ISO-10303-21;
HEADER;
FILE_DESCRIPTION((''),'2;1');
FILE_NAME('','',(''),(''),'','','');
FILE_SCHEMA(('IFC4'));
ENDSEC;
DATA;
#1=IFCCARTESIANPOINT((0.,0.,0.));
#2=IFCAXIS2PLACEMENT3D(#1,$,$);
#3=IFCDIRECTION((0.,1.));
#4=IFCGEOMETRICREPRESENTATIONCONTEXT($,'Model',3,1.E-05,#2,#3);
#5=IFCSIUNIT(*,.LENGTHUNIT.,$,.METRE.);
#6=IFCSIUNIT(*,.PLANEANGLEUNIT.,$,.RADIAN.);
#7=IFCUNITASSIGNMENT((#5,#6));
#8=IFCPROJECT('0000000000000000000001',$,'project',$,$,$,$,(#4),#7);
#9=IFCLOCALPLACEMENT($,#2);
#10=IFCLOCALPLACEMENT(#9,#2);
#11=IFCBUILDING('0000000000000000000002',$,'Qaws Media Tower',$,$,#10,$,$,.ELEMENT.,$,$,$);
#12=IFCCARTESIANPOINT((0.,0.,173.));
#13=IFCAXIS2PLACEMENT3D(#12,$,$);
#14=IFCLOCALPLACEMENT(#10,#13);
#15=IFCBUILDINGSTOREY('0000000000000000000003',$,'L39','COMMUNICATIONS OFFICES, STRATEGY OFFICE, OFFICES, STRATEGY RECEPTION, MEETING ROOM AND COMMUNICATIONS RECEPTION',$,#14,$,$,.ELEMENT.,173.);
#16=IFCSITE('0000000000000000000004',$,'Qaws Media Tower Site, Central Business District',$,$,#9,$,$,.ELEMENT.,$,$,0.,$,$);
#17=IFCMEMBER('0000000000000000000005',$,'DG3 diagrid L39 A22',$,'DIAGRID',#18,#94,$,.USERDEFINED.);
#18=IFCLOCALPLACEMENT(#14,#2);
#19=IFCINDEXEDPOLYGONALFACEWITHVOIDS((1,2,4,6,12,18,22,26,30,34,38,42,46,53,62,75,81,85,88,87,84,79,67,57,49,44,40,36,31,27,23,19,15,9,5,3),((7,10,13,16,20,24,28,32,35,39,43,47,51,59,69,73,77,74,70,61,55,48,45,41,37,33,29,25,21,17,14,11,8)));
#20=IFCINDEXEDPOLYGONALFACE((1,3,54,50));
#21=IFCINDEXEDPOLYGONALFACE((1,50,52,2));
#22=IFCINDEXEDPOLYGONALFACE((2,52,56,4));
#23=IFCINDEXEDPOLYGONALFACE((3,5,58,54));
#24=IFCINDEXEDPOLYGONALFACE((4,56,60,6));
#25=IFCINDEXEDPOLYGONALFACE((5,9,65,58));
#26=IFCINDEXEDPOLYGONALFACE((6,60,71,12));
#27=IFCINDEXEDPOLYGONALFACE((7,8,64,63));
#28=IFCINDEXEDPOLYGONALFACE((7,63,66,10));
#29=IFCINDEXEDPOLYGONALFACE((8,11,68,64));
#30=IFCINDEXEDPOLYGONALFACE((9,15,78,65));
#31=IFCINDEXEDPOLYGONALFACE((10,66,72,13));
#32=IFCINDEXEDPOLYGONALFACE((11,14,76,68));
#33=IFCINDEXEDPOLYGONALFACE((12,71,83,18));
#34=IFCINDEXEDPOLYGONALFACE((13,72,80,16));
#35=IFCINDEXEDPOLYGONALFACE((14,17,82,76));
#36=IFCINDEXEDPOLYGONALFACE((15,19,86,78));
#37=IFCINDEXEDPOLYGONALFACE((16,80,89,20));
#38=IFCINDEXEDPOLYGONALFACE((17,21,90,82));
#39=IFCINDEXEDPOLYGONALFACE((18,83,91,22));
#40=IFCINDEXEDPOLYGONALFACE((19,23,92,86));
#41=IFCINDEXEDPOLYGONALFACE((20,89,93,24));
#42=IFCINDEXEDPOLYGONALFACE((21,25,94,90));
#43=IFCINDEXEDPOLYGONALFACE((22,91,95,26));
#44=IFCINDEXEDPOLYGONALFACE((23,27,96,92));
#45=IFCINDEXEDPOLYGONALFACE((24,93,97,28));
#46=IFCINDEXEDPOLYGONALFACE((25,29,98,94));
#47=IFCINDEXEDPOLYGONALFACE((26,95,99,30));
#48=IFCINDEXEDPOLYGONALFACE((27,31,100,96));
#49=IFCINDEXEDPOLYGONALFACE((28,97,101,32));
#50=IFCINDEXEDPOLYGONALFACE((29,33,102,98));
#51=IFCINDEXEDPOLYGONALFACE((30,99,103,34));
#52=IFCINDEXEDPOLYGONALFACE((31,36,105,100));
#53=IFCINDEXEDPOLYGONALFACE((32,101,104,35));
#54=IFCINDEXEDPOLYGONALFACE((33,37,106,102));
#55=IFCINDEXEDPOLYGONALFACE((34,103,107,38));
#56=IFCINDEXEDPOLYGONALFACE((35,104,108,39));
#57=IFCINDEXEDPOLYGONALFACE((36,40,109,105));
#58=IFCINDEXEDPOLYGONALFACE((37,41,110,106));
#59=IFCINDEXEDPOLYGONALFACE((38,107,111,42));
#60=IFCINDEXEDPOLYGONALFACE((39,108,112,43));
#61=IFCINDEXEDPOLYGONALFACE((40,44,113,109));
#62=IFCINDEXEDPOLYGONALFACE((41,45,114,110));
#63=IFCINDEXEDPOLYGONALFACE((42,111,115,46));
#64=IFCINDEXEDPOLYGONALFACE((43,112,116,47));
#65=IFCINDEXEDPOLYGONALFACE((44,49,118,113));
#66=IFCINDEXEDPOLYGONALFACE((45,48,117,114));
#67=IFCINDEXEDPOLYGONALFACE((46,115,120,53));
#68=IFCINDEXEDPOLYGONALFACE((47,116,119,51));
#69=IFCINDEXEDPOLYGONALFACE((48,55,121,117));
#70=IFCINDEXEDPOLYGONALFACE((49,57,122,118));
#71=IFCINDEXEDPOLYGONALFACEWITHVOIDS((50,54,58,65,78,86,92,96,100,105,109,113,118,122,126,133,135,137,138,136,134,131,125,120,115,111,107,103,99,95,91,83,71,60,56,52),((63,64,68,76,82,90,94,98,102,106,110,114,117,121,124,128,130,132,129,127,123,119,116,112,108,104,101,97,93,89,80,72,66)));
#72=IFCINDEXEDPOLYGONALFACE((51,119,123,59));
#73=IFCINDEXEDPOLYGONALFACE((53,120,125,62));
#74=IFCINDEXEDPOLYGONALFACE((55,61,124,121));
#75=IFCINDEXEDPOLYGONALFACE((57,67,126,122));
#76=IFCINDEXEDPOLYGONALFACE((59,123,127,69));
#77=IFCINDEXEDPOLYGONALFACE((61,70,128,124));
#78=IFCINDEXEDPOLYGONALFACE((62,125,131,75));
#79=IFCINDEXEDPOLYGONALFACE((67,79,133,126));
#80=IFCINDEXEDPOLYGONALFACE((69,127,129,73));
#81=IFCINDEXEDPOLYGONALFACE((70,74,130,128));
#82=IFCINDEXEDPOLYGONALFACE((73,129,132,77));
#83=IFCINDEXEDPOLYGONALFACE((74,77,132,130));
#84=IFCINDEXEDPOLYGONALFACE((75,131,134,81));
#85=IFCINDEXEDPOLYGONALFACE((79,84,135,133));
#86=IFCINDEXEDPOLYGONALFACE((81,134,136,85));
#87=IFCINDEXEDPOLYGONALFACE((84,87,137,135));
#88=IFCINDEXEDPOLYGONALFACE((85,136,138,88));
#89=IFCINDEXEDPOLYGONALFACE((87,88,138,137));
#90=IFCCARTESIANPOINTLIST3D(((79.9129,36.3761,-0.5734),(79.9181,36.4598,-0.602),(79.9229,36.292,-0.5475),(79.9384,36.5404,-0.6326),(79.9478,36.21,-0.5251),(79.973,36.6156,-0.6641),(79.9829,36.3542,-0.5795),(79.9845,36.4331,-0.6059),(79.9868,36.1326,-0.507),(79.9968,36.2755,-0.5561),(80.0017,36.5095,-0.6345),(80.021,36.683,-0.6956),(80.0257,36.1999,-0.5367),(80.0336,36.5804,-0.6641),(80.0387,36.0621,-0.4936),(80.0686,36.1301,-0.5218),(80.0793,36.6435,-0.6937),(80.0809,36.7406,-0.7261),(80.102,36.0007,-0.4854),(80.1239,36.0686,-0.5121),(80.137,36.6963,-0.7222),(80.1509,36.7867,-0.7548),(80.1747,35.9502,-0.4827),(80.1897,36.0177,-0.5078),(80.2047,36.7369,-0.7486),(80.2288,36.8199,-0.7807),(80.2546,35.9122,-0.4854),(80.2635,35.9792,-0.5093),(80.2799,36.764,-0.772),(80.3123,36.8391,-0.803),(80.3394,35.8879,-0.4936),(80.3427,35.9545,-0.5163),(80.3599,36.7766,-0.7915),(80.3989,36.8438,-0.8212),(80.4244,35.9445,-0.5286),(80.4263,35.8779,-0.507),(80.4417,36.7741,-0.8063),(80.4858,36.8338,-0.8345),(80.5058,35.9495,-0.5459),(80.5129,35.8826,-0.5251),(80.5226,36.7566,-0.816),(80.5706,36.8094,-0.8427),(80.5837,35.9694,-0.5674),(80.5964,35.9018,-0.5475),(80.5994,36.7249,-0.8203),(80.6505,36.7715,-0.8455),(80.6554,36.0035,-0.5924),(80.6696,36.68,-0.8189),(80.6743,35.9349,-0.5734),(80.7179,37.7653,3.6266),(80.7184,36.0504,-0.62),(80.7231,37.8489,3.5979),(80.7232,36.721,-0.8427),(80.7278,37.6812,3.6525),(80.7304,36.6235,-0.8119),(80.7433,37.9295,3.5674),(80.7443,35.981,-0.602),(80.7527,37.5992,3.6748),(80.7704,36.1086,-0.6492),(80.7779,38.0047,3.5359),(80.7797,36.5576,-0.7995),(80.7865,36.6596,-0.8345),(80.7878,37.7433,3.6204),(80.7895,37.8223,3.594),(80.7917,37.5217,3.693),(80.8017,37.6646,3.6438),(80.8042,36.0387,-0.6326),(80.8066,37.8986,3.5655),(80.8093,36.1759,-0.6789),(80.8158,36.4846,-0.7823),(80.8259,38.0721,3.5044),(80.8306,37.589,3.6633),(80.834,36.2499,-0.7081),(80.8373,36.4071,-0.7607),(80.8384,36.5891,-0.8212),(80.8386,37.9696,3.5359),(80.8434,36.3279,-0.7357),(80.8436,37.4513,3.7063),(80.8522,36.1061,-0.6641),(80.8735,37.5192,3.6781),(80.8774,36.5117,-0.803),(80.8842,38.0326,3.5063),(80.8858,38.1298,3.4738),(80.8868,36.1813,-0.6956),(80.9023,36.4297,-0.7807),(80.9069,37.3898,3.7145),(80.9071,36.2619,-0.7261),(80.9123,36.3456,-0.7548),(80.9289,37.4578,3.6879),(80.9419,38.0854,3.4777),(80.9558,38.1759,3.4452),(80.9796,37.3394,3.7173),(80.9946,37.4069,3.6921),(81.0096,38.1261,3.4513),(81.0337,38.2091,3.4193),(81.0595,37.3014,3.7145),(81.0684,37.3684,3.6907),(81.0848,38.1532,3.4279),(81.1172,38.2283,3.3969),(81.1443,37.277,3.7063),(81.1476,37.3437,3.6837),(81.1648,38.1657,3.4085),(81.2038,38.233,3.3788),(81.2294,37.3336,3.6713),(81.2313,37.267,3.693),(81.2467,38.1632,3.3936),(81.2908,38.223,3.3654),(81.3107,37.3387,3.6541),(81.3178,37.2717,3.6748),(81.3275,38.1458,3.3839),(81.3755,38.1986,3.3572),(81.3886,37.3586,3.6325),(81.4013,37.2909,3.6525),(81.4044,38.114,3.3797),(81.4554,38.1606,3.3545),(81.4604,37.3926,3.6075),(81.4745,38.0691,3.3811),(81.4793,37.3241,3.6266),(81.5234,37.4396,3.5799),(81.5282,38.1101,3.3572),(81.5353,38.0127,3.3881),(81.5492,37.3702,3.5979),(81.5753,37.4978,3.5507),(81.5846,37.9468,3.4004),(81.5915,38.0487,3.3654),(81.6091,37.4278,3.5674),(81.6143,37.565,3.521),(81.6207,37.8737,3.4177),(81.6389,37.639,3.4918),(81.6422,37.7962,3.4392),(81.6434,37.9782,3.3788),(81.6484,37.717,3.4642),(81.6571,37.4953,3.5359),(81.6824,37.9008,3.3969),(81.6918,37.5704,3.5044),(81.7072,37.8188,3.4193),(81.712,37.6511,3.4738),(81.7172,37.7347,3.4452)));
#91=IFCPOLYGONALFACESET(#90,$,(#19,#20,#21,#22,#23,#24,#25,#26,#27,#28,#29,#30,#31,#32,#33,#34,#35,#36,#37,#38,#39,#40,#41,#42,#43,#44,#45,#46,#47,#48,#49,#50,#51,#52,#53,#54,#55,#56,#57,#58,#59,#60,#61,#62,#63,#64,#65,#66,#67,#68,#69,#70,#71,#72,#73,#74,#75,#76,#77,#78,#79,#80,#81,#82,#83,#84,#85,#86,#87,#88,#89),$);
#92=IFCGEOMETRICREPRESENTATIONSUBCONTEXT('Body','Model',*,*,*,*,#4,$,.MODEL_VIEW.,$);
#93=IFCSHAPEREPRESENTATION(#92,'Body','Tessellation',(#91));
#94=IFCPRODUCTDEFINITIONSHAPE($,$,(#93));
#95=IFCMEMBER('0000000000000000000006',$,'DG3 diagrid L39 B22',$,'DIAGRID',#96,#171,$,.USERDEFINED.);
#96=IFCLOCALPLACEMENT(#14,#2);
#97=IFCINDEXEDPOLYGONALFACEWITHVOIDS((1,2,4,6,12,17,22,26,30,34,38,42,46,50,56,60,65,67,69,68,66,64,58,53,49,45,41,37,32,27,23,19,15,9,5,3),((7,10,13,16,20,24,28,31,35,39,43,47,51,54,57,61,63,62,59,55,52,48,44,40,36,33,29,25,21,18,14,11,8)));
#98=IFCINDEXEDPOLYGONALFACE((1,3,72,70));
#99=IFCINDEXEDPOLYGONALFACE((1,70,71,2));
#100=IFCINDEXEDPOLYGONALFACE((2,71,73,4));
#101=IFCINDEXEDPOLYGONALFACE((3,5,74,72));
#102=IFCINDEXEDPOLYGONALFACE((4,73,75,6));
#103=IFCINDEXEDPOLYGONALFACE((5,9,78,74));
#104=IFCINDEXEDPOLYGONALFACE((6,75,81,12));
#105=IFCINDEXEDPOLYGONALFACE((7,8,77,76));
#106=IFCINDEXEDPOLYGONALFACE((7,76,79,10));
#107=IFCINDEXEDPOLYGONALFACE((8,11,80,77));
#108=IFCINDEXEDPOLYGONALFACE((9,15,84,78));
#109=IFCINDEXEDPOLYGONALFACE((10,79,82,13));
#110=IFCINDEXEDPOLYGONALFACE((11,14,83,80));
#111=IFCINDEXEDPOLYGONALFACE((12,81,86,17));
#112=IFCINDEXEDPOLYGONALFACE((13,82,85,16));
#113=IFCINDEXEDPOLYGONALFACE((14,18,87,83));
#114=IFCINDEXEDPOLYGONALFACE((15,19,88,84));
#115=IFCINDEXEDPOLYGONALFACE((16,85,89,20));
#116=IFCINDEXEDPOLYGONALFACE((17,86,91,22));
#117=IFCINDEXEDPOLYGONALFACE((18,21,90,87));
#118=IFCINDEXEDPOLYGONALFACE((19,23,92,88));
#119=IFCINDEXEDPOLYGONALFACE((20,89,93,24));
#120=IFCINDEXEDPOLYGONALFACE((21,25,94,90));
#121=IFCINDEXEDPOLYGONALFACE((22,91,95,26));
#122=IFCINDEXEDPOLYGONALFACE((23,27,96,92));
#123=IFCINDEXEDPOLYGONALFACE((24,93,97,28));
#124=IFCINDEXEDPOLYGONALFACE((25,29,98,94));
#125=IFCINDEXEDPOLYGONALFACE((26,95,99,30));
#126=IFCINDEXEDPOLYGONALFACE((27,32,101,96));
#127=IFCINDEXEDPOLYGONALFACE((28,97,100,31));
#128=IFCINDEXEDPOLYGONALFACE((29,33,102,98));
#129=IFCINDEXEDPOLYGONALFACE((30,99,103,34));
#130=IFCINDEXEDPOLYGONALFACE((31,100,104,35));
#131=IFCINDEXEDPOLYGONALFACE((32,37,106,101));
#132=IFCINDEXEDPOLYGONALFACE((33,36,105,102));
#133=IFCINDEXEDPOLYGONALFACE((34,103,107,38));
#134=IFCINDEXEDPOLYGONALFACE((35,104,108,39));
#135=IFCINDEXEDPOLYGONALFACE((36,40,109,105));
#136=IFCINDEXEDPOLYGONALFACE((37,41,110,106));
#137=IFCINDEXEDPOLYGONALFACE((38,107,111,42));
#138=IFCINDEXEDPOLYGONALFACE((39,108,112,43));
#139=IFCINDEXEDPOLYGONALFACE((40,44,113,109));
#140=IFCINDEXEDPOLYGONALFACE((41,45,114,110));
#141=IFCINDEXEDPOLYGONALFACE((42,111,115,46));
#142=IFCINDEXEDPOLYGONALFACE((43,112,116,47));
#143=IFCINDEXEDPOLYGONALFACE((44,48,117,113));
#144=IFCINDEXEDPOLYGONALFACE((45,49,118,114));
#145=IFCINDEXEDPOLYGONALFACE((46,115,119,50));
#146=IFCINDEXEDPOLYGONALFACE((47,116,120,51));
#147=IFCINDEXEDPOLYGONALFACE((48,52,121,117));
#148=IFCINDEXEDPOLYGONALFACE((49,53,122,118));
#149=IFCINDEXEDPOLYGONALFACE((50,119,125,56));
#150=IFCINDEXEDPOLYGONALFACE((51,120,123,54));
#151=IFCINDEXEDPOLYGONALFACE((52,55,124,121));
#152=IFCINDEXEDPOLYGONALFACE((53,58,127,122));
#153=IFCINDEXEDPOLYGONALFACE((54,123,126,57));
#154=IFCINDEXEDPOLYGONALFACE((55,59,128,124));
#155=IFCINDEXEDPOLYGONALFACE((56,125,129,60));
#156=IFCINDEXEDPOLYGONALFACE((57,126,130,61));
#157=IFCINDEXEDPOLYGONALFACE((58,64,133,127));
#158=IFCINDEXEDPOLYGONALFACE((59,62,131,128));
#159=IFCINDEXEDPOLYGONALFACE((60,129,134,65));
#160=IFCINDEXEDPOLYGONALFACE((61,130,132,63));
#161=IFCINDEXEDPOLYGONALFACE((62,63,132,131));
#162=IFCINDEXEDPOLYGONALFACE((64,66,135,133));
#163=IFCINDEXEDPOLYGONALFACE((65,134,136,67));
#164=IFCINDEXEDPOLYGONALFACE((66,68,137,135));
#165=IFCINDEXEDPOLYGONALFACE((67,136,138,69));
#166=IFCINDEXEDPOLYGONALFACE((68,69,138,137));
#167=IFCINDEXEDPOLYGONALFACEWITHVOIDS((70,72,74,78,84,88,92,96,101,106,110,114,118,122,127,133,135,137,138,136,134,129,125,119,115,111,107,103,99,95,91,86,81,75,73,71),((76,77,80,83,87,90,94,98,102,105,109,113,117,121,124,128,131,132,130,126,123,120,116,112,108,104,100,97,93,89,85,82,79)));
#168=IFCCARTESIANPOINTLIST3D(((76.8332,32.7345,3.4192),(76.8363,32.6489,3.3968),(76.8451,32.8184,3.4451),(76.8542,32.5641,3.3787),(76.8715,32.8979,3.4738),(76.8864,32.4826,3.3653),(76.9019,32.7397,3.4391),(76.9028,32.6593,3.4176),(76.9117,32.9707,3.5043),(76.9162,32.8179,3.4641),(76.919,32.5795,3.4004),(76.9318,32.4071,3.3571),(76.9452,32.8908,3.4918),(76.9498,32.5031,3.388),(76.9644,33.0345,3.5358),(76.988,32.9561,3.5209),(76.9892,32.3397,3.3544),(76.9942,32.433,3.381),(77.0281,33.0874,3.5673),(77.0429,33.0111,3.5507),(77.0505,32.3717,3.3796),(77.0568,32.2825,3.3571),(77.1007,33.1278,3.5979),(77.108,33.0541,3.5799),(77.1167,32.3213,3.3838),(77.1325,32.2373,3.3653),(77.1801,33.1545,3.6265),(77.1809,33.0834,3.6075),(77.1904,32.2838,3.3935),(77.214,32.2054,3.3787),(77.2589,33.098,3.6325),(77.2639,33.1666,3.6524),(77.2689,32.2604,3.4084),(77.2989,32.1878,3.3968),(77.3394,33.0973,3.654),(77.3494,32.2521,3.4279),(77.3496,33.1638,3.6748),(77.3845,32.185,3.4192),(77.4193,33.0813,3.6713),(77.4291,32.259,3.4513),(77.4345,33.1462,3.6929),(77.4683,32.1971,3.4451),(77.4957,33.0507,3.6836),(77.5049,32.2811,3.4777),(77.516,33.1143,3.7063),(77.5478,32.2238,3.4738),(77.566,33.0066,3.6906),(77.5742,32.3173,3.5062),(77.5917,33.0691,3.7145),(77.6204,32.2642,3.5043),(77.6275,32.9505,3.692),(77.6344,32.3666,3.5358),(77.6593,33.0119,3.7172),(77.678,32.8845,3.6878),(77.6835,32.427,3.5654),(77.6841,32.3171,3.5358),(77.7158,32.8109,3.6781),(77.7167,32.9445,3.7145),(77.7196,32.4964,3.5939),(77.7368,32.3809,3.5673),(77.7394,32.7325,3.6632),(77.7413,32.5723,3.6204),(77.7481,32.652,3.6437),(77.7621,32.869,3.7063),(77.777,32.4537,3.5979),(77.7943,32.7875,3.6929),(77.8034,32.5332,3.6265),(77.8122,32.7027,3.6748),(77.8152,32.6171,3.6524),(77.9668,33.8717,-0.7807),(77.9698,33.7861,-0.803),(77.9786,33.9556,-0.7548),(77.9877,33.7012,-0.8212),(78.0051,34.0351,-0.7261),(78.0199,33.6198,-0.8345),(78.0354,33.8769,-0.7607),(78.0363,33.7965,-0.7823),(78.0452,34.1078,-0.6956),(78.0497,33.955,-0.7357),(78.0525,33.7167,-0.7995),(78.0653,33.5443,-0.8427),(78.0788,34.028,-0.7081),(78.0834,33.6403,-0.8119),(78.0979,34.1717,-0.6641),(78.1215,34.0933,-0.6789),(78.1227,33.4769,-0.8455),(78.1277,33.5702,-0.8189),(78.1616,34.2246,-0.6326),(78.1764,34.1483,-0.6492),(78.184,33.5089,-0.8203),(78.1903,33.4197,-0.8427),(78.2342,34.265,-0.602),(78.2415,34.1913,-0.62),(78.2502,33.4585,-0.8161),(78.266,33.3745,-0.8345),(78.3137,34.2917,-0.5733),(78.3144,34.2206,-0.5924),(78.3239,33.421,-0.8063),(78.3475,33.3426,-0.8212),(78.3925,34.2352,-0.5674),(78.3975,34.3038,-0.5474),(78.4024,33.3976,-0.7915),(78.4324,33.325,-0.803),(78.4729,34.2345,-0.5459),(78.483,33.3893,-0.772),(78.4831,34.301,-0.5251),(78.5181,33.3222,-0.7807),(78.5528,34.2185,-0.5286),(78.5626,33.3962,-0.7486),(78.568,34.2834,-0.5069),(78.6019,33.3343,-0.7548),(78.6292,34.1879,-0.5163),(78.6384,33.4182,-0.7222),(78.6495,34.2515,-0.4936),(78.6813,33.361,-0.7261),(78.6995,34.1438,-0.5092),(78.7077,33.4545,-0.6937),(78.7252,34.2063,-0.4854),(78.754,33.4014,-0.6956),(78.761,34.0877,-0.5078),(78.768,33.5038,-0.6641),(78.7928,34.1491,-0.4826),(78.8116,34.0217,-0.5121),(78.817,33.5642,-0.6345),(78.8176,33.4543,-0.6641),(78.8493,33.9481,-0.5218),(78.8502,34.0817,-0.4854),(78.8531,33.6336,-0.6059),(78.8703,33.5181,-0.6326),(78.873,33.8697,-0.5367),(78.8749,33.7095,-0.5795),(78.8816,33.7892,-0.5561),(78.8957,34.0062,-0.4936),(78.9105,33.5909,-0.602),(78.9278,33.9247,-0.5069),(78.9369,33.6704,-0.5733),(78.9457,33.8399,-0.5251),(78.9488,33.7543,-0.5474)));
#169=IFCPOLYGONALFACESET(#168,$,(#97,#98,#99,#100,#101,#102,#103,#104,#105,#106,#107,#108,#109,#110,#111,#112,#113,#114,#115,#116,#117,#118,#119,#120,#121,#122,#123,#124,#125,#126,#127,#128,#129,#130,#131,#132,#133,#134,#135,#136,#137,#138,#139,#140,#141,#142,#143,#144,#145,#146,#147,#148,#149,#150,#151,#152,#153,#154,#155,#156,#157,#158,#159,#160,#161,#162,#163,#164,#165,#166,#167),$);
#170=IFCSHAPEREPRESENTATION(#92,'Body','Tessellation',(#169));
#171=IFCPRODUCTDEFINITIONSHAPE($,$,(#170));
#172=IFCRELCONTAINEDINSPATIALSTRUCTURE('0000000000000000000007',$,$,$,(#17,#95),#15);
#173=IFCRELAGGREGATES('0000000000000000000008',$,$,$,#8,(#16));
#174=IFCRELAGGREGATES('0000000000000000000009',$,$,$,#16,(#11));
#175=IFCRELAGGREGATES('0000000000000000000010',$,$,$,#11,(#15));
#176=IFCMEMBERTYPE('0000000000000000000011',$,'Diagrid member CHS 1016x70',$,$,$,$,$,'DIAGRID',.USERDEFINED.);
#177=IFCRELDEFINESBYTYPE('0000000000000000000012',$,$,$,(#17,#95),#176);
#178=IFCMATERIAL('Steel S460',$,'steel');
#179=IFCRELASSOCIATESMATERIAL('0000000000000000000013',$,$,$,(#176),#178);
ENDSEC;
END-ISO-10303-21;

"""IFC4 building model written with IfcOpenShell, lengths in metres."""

from ifc_helpers import new_model, si_unit, direction, frame, origin, origin_2d, place, context, subcontext, project, spatial, hollow_circle, extrude, material, material_profile, profile_set, type_object, element, save


model = new_model("IFC4")

# Units and contexts
model_context = context("Model", 3, precision=1e-05, world=origin(), true_north=direction((0.0, 1.0)))
body_context = subcontext(model_context, "Body", "Model", "MODEL_VIEW")
ifc_project = project(units=[si_unit("LENGTHUNIT", "METRE"), si_unit("PLANEANGLEUNIT", "RADIAN")], contexts=[model_context])

# Site, building, storey
site_placement = place(None, origin())
site = spatial("IfcSite", under=ifc_project, at=site_placement, Name="Qaws Media Tower Site, Central Business District", CompositionType="ELEMENT", RefElevation=0.0)
building_placement = place(site_placement, origin())
building = spatial("IfcBuilding", under=site, at=building_placement, Name="Qaws Media Tower", CompositionType="ELEMENT")
storey_placement = place(building_placement, frame((0.0, 0.0, 173.0)))
storey = spatial("IfcBuildingStorey", under=building, at=storey_placement, Name="L39", Description="COMMUNICATIONS OFFICES, STRATEGY OFFICE, OFFICES, STRATEGY RECEPTION, MEETING ROOM AND COMMUNICATIONS RECEPTION", CompositionType="ELEMENT", Elevation=173.0)

# Members
ifc_material_1 = material(Name="Steel S460", Category="steel")
ifc_material_profile_1 = material_profile(ifc_material_1, hollow_circle(Radius=0.5081, WallThickness=0.0701, at=origin_2d()), Name="CHS 1016x70")
ifc_profile_set_1 = profile_set([ifc_material_profile_1], Name="Steel S460")
member_type_1 = type_object("IfcMemberType", Name="Diagrid member CHS 1016x70", ElementType="DIAGRID", PredefinedType="USERDEFINED", material=ifc_profile_set_1)
for number, where, z_axis, x_axis, name in (
    (1, (80.4126, 36.3608, -0.6641), (0.179018, 0.308952, 0.934078), (-0.865242, 0.501354, 0.0), "DG3 diagrid L39 A22"),
    (2, (78.4578, 33.813, -0.6641), (-0.2521, -0.252914, 0.934066), (0.708246, -0.705965, 0.0), "DG3 diagrid L39 B22"),
):
    element("IfcMember", number, at=place(storey_placement, frame(where, z_axis=z_axis, x_axis=x_axis)), inside=storey, type_object=member_type_1, Name=name, ObjectType="DIAGRID", PredefinedType="USERDEFINED", context=body_context, shape_type="SweptSolid", body=[
        extrude(hollow_circle(Radius=0.5081, WallThickness=0.0701, at=origin_2d()), origin(), (0.0, 0.0, 1.0), 4.4963),
    ])

save(model, "model.ifc")
